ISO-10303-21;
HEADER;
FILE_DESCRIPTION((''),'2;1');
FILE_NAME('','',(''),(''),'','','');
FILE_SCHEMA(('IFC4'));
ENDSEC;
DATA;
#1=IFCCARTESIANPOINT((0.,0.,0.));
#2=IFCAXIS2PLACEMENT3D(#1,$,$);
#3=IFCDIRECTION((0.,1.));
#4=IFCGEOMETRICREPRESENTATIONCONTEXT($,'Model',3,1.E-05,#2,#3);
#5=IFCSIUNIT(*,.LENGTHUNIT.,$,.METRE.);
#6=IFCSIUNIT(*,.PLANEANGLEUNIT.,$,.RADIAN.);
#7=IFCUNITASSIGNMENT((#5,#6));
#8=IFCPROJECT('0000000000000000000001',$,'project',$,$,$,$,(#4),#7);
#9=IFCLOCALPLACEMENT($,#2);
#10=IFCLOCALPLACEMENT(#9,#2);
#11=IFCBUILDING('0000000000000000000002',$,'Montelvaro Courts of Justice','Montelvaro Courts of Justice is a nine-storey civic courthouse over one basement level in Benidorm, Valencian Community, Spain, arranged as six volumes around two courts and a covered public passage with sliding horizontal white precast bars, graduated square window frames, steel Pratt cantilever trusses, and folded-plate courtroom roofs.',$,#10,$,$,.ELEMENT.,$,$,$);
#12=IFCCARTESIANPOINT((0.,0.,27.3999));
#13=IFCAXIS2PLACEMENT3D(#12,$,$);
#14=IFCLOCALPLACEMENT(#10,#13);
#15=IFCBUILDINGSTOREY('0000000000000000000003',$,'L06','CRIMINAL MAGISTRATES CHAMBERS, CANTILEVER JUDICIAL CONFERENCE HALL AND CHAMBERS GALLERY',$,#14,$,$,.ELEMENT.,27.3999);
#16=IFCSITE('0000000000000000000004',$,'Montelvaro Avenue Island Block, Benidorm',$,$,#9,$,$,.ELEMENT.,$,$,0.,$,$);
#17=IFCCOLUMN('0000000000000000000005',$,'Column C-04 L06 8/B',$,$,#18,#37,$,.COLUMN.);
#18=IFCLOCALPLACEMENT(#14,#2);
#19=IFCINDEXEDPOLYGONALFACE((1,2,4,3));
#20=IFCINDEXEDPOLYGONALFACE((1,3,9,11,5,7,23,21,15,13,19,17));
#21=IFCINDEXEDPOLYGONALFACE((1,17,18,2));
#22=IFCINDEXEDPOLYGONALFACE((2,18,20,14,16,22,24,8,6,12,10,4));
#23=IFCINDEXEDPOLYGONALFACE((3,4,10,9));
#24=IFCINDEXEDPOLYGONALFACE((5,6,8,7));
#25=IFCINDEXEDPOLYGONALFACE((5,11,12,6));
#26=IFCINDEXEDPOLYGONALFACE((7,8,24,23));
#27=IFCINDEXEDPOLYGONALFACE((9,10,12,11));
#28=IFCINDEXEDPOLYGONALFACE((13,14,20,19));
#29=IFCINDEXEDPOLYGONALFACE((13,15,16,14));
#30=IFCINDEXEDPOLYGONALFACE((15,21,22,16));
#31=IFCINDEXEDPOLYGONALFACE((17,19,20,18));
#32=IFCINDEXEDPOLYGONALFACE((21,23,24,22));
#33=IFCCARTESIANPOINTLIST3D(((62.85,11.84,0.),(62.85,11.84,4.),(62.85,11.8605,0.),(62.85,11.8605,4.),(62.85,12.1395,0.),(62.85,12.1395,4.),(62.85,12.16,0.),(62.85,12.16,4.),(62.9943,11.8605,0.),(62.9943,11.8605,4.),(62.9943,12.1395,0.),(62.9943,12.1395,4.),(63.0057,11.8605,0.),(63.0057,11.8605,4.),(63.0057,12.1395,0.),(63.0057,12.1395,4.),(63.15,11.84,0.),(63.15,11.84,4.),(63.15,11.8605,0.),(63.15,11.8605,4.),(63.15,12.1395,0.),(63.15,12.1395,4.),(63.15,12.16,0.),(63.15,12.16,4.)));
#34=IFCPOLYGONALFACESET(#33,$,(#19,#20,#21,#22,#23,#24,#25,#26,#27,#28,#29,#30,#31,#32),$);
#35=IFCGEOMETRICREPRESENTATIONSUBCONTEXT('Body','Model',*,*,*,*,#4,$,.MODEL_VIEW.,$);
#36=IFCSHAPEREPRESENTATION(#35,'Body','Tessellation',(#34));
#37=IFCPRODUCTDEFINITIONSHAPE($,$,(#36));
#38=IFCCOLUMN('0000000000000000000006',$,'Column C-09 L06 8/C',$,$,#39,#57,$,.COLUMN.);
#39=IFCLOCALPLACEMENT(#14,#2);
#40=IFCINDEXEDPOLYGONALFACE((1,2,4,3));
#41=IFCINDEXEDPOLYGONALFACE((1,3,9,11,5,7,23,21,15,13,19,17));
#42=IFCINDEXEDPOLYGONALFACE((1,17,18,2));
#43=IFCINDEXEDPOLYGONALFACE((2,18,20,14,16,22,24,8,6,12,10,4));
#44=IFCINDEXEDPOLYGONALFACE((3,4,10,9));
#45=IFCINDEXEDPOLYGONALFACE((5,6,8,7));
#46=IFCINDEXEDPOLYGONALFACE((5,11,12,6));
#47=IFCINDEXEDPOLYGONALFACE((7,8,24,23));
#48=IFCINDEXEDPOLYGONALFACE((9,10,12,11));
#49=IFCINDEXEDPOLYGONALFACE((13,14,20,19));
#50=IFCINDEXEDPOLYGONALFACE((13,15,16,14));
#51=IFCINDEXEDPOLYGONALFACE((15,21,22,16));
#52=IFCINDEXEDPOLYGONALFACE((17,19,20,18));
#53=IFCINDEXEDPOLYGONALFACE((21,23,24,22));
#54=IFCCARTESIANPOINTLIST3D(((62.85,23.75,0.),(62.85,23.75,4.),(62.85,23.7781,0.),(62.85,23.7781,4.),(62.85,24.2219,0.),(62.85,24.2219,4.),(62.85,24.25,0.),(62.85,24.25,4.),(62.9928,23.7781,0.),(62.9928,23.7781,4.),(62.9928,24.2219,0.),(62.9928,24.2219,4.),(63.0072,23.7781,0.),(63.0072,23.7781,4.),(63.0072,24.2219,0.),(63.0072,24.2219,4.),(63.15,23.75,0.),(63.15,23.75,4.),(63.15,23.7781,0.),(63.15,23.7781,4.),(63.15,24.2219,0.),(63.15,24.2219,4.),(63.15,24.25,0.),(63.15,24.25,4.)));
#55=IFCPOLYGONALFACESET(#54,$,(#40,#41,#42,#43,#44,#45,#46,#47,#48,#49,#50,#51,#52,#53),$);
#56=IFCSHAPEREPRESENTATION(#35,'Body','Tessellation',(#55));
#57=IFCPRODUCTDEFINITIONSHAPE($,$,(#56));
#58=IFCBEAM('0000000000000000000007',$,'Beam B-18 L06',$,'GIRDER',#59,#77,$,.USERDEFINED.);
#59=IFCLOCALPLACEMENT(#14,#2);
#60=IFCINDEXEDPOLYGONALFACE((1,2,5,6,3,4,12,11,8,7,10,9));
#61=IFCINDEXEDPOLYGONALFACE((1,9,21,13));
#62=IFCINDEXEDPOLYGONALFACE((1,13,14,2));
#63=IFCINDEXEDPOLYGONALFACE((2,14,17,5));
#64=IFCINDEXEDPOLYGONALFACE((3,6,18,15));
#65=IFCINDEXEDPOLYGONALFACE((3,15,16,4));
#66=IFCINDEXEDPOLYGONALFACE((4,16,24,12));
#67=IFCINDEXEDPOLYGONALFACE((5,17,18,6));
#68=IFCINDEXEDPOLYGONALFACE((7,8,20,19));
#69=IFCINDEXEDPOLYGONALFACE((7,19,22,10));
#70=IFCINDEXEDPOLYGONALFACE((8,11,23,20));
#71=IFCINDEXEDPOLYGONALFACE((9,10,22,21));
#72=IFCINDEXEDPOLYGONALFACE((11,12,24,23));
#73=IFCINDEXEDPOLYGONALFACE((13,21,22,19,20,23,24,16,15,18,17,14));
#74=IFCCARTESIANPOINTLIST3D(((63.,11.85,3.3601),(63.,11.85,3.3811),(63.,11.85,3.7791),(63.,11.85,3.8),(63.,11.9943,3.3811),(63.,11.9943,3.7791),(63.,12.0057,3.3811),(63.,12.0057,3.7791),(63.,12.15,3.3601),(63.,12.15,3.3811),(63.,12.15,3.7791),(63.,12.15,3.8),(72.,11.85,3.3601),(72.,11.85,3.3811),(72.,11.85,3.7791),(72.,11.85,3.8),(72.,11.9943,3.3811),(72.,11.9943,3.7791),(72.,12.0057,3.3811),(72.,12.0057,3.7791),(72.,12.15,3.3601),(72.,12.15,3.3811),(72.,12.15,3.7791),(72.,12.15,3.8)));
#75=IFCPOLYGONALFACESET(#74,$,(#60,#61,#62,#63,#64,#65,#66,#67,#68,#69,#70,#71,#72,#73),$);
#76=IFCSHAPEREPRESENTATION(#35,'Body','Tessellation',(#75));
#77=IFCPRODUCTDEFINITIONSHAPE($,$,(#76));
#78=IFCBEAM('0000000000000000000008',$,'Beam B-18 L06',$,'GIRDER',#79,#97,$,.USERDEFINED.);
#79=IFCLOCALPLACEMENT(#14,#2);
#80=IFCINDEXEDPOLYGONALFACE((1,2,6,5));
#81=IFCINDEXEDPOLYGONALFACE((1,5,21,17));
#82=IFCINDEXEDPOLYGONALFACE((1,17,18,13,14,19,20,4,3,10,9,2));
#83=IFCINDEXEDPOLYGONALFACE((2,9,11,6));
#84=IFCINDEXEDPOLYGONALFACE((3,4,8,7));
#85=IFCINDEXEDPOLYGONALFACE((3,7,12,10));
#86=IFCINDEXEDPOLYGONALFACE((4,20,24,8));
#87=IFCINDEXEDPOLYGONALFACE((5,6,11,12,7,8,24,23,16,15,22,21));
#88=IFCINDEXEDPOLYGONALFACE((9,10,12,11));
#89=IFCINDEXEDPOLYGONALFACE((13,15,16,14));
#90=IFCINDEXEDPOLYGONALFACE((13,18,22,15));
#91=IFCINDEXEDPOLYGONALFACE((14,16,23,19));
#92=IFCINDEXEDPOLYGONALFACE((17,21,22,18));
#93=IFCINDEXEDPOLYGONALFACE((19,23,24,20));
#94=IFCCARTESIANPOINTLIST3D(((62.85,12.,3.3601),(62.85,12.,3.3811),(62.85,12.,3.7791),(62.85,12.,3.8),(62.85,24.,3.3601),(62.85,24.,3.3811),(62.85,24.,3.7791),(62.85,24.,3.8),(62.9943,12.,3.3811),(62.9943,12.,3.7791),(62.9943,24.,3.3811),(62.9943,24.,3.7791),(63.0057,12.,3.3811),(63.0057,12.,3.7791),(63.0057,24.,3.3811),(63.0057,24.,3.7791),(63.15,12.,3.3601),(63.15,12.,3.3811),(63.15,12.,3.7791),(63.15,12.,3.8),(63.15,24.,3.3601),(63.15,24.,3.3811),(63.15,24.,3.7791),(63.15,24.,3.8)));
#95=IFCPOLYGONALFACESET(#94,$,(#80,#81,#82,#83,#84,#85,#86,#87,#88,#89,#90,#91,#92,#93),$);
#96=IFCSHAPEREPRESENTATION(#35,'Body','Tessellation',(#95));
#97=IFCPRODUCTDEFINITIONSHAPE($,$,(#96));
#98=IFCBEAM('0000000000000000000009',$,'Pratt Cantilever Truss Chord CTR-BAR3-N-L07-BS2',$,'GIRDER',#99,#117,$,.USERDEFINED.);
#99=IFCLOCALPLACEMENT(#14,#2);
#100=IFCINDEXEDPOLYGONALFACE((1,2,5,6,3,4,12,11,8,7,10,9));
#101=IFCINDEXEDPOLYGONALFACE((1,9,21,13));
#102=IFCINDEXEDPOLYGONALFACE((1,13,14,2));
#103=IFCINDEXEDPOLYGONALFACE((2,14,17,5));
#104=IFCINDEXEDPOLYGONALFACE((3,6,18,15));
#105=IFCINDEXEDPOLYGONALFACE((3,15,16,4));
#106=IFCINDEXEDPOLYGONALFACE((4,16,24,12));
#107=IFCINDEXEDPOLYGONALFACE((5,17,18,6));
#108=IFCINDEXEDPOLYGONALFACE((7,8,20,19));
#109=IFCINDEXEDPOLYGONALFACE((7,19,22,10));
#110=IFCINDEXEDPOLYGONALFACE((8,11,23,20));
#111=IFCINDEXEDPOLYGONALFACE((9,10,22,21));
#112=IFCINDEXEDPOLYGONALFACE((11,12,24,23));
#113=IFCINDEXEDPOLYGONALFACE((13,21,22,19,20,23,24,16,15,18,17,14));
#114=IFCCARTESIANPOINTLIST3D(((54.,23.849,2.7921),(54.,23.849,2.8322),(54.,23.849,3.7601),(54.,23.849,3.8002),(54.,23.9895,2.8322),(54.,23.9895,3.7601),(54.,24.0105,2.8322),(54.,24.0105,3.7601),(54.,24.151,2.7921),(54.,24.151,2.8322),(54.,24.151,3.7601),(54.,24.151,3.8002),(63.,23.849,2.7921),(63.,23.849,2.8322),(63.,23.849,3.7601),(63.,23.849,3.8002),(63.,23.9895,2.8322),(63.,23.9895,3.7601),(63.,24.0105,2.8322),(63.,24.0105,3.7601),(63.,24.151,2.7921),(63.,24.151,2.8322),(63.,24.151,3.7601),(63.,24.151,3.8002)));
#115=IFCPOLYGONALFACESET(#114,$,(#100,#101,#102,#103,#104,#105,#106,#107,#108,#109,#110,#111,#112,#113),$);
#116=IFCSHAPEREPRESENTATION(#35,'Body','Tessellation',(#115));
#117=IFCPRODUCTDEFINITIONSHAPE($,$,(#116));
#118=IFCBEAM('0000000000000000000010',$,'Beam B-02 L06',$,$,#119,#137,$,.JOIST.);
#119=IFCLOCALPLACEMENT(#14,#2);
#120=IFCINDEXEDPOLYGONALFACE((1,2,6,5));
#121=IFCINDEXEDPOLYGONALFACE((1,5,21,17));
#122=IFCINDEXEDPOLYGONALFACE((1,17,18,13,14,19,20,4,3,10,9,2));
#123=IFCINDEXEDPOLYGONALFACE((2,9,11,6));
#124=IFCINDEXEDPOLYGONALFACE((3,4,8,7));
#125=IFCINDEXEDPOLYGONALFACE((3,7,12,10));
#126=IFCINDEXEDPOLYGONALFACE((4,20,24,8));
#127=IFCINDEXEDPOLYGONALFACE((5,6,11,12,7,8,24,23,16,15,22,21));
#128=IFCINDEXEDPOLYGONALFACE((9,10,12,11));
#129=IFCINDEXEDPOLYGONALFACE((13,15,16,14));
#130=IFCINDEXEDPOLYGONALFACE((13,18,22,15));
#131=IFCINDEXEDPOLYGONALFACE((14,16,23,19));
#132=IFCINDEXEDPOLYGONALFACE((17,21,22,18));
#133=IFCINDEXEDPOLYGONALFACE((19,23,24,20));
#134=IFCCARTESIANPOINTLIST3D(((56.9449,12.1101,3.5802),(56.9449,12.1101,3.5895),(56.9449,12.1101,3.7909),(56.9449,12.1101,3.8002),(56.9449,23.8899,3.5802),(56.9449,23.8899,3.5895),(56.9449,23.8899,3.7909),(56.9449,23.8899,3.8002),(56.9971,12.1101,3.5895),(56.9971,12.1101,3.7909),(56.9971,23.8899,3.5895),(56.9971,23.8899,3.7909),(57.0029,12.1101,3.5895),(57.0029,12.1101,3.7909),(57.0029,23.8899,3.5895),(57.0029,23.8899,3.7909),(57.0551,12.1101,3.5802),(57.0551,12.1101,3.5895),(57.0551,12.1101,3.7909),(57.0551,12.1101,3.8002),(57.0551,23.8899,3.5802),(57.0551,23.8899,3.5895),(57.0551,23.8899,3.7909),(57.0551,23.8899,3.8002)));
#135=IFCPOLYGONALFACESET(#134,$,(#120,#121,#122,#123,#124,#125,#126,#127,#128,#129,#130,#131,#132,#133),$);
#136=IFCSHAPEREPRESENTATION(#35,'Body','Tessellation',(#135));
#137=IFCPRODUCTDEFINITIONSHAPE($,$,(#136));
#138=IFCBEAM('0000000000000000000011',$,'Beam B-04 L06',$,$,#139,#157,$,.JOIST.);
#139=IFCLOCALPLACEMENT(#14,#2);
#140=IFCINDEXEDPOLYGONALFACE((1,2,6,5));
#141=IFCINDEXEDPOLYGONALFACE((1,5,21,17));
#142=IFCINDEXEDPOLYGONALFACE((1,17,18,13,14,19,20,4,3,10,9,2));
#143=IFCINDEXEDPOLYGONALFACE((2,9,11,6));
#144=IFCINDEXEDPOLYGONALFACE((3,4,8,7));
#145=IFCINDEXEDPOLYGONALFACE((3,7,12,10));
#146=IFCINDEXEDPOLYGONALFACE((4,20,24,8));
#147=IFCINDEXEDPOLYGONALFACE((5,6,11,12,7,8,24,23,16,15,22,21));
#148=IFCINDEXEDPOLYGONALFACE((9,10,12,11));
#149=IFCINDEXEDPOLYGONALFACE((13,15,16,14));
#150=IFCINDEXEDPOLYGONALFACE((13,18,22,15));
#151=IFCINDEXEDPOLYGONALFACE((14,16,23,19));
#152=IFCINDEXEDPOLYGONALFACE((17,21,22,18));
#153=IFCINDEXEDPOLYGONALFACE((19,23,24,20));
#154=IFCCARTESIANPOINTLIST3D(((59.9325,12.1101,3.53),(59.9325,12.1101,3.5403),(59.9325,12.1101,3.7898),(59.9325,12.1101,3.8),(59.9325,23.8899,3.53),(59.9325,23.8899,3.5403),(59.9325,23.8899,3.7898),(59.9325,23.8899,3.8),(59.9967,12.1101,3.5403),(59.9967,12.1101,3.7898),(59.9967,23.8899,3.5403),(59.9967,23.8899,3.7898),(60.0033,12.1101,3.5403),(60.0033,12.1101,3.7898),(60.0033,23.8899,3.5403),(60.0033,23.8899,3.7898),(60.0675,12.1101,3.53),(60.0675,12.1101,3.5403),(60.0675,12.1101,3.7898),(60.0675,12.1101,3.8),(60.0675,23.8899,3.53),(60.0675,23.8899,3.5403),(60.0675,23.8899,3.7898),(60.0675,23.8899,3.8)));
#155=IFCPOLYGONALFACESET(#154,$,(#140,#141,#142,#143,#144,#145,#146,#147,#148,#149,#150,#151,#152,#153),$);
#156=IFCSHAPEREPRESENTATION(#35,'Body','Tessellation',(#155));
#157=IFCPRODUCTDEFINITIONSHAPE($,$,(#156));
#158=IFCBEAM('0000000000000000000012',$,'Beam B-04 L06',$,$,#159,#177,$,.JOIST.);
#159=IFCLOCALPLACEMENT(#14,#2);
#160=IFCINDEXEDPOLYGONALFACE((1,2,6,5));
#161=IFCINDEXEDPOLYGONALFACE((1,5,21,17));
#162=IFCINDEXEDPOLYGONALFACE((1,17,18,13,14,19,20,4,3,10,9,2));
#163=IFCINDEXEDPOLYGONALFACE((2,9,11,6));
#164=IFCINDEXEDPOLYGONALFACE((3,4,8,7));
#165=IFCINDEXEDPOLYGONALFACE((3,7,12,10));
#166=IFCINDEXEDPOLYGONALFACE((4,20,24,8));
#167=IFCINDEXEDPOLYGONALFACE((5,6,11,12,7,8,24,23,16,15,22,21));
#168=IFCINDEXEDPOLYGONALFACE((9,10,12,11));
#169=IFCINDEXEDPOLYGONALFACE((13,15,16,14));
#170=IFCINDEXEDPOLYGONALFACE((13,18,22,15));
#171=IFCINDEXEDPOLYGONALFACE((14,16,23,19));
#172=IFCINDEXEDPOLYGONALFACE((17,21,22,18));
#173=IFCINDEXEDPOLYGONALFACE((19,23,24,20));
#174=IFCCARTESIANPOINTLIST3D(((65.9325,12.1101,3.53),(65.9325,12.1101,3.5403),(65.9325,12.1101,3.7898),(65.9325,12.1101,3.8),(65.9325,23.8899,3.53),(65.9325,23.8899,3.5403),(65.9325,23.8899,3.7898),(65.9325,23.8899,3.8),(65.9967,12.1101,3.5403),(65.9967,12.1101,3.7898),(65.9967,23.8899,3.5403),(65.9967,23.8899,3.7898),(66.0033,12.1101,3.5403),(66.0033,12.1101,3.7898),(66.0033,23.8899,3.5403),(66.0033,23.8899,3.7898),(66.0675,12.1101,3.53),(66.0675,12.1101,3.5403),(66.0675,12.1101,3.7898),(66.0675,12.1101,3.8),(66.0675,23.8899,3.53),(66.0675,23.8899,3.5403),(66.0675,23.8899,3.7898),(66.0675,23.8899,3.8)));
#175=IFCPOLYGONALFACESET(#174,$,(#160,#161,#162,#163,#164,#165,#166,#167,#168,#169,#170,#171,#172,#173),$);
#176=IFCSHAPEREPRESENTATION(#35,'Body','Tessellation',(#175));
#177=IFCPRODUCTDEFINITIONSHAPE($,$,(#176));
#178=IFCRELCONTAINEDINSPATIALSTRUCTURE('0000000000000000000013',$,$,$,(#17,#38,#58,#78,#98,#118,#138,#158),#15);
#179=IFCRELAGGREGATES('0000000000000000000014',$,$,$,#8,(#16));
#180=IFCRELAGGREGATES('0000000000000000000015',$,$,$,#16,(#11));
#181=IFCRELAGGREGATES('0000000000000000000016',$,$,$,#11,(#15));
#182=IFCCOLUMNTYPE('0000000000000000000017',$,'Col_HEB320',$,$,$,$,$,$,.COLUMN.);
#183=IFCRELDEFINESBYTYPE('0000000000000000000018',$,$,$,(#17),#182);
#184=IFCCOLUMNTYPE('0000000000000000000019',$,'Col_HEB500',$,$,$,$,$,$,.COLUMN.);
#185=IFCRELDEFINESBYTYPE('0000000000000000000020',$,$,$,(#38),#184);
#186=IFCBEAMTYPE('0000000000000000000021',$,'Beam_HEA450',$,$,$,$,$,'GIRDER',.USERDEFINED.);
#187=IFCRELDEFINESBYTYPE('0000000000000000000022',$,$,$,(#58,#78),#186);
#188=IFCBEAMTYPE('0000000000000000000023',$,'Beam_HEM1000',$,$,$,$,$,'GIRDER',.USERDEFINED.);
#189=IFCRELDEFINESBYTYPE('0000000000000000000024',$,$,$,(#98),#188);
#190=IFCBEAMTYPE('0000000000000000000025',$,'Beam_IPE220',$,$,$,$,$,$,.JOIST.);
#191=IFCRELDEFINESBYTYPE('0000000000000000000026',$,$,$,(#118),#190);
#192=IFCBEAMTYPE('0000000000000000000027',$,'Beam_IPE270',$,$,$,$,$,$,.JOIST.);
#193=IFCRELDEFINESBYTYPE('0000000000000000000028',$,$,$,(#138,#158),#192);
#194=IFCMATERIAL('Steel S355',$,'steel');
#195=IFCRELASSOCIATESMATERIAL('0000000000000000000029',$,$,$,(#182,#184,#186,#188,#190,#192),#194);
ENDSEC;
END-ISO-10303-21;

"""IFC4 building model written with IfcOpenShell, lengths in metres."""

from ifc_helpers import new_model, si_unit, direction, frame, origin, origin_2d, place, context, subcontext, project, spatial, i_section, extrude, material, material_profile, profile_set, type_object, element, save


model = new_model("IFC4")

# Units and contexts
model_context = context("Model", 3, precision=1e-05, world=origin(), true_north=direction((0.0, 1.0)))
body_context = subcontext(model_context, "Body", "Model", "MODEL_VIEW")
ifc_project = project(units=[si_unit("LENGTHUNIT", "METRE"), si_unit("PLANEANGLEUNIT", "RADIAN")], contexts=[model_context])

# Site, building, storey
site_placement = place(None, origin())
site = spatial("IfcSite", under=ifc_project, at=site_placement, Name="Montelvaro Avenue Island Block, Benidorm", CompositionType="ELEMENT", RefElevation=0.0)
building_placement = place(site_placement, origin())
building = spatial("IfcBuilding", under=site, at=building_placement, Name="Montelvaro Courts of Justice", Description="Montelvaro Courts of Justice is a nine-storey civic courthouse over one basement level in Benidorm, Valencian Community, Spain, arranged as six volumes around two courts and a covered public passage with sliding horizontal white precast bars, graduated square window frames, steel Pratt cantilever trusses, and folded-plate courtroom roofs.", CompositionType="ELEMENT")
storey_placement = place(building_placement, frame((0.0, 0.0, 27.3999)))
storey = spatial("IfcBuildingStorey", under=building, at=storey_placement, Name="L06", Description="CRIMINAL MAGISTRATES CHAMBERS, CANTILEVER JUDICIAL CONFERENCE HALL AND CHAMBERS GALLERY", CompositionType="ELEMENT", Elevation=27.3999)

# Columns
ifc_material_1 = material(Name="Steel S355", Category="steel")
ifc_material_profile_1 = material_profile(ifc_material_1, i_section(OverallWidth=0.3, OverallDepth=0.3201, WebThickness=0.0115, FlangeThickness=0.0205, at=origin_2d()), Name="HEB 320")
ifc_profile_set_1 = profile_set([ifc_material_profile_1], Name="Steel S355")
column_type_1 = type_object("IfcColumnType", Name="Col_HEB320", PredefinedType="COLUMN", material=ifc_profile_set_1)
column_1_placement = place(storey_placement, frame((63.0, 12.0, 0.0), z_axis=(0.0, 0.0, 1.0), x_axis=(1.0, 0.0, 0.0)))
element("IfcColumn", 1, at=column_1_placement, inside=storey, type_object=column_type_1, Name="Column C-04 L06 8/B", PredefinedType="COLUMN", context=body_context, shape_type="SweptSolid", body=[
    extrude(i_section(OverallWidth=0.3, OverallDepth=0.3201, WebThickness=0.0115, FlangeThickness=0.0205, at=origin_2d()), origin(), (0.0, 0.0, 1.0), 4.0),
])
ifc_material_profile_2 = material_profile(ifc_material_1, i_section(OverallWidth=0.3, OverallDepth=0.5, WebThickness=0.0144, FlangeThickness=0.0281, at=origin_2d()), Name="HEB 500")
ifc_profile_set_2 = profile_set([ifc_material_profile_2], Name="Steel S355")
column_type_2 = type_object("IfcColumnType", Name="Col_HEB500", PredefinedType="COLUMN", material=ifc_profile_set_2)
column_2_placement = place(storey_placement, frame((63.0, 24.0, 0.0), z_axis=(0.0, 0.0, 1.0), x_axis=(1.0, 0.0, 0.0)))
element("IfcColumn", 2, at=column_2_placement, inside=storey, type_object=column_type_2, Name="Column C-09 L06 8/C", PredefinedType="COLUMN", context=body_context, shape_type="SweptSolid", body=[
    extrude(i_section(OverallWidth=0.3, OverallDepth=0.5, WebThickness=0.0144, FlangeThickness=0.0281, at=origin_2d()), origin(), (0.0, 0.0, 1.0), 4.0),
])

# Beams
ifc_material_profile_3 = material_profile(ifc_material_1, i_section(OverallWidth=0.3, OverallDepth=0.4399, WebThickness=0.0115, FlangeThickness=0.021, at=origin_2d()), Name="HEA 450")
ifc_profile_set_3 = profile_set([ifc_material_profile_3], Name="Steel S355")
beam_type_1 = type_object("IfcBeamType", Name="Beam_HEA450", ElementType="GIRDER", PredefinedType="USERDEFINED", material=ifc_profile_set_3)
beam_1_placement = place(storey_placement, frame((63.0, 12.0, 3.5801), z_axis=(1.0, 0.0, 0.0), x_axis=(0.0, 1.0, 0.0)))
element("IfcBeam", 3, at=beam_1_placement, inside=storey, type_object=beam_type_1, Name="Beam B-18 L06", ObjectType="GIRDER", PredefinedType="USERDEFINED", context=body_context, shape_type="SweptSolid", body=[
    extrude(i_section(OverallWidth=0.3, OverallDepth=0.4399, WebThickness=0.0115, FlangeThickness=0.021, at=origin_2d()), origin(), (0.0, 0.0, 1.0), 9.0),
])
beam_2_placement = place(storey_placement, frame((63.0, 12.0, 3.5801), z_axis=(0.0, 1.0, 0.0), x_axis=(-1.0, 0.0, 0.0)))
element("IfcBeam", 4, at=beam_2_placement, inside=storey, type_object=beam_type_1, Name="Beam B-18 L06", ObjectType="GIRDER", PredefinedType="USERDEFINED", context=body_context, shape_type="SweptSolid", body=[
    extrude(i_section(OverallWidth=0.3, OverallDepth=0.4399, WebThickness=0.0115, FlangeThickness=0.021, at=origin_2d()), origin(), (0.0, 0.0, 1.0), 12.0),
])
ifc_material_profile_4 = material_profile(ifc_material_1, i_section(OverallWidth=0.302, OverallDepth=1.0081, WebThickness=0.021, FlangeThickness=0.04, at=origin_2d()), Name="HEM 1000")
ifc_profile_set_4 = profile_set([ifc_material_profile_4], Name="Steel S355")
beam_type_2 = type_object("IfcBeamType", Name="Beam_HEM1000", ElementType="GIRDER", PredefinedType="USERDEFINED", material=ifc_profile_set_4)
beam_3_placement = place(storey_placement, frame((63.0, 24.0, 3.2961), z_axis=(-1.0, 0.0, 0.0), x_axis=(0.0, -1.0, 0.0)))
element("IfcBeam", 5, at=beam_3_placement, inside=storey, type_object=beam_type_2, Name="Pratt Cantilever Truss Chord CTR-BAR3-N-L07-BS2", ObjectType="GIRDER", PredefinedType="USERDEFINED", context=body_context, shape_type="SweptSolid", body=[
    extrude(i_section(OverallWidth=0.302, OverallDepth=1.0081, WebThickness=0.021, FlangeThickness=0.04, at=origin_2d()), origin(), (0.0, 0.0, 1.0), 9.0),
])
ifc_material_profile_5 = material_profile(ifc_material_1, i_section(OverallWidth=0.1101, OverallDepth=0.22, WebThickness=0.0059, FlangeThickness=0.0093, at=origin_2d()), Name="IPE 220")
ifc_profile_set_5 = profile_set([ifc_material_profile_5], Name="Steel S355")
beam_type_3 = type_object("IfcBeamType", Name="Beam_IPE220", PredefinedType="JOIST", material=ifc_profile_set_5)
beam_4_placement = place(storey_placement, frame((57.0, 12.1101, 3.6902), z_axis=(0.0, 1.0, 0.0), x_axis=(-1.0, 0.0, 0.0)))
element("IfcBeam", 6, at=beam_4_placement, inside=storey, type_object=beam_type_3, Name="Beam B-02 L06", PredefinedType="JOIST", context=body_context, shape_type="SweptSolid", body=[
    extrude(i_section(OverallWidth=0.1101, OverallDepth=0.22, WebThickness=0.0059, FlangeThickness=0.0093, at=origin_2d()), origin(), (0.0, 0.0, 1.0), 11.7798),
])
ifc_material_profile_6 = material_profile(ifc_material_1, i_section(OverallWidth=0.135, OverallDepth=0.27, WebThickness=0.0066, FlangeThickness=0.0103, at=origin_2d()), Name="IPE 270")
ifc_profile_set_6 = profile_set([ifc_material_profile_6], Name="Steel S355")
beam_type_4 = type_object("IfcBeamType", Name="Beam_IPE270", PredefinedType="JOIST", material=ifc_profile_set_6)
for number, where, z_axis, x_axis, name in (
    (7, (60.0, 12.1101, 3.665), (0.0, 1.0, 0.0), (-1.0, 0.0, 0.0), "Beam B-04 L06"),
    (8, (66.0, 12.1101, 3.665), (0.0, 1.0, 0.0), (-1.0, 0.0, 0.0), "Beam B-04 L06"),
):
    element("IfcBeam", number, at=place(storey_placement, frame(where, z_axis=z_axis, x_axis=x_axis)), inside=storey, type_object=beam_type_4, Name=name, PredefinedType="JOIST", context=body_context, shape_type="SweptSolid", body=[
        extrude(i_section(OverallWidth=0.135, OverallDepth=0.27, WebThickness=0.0066, FlangeThickness=0.0103, at=origin_2d()), origin(), (0.0, 0.0, 1.0), 11.7798),
    ])

save(model, "model.ifc")
